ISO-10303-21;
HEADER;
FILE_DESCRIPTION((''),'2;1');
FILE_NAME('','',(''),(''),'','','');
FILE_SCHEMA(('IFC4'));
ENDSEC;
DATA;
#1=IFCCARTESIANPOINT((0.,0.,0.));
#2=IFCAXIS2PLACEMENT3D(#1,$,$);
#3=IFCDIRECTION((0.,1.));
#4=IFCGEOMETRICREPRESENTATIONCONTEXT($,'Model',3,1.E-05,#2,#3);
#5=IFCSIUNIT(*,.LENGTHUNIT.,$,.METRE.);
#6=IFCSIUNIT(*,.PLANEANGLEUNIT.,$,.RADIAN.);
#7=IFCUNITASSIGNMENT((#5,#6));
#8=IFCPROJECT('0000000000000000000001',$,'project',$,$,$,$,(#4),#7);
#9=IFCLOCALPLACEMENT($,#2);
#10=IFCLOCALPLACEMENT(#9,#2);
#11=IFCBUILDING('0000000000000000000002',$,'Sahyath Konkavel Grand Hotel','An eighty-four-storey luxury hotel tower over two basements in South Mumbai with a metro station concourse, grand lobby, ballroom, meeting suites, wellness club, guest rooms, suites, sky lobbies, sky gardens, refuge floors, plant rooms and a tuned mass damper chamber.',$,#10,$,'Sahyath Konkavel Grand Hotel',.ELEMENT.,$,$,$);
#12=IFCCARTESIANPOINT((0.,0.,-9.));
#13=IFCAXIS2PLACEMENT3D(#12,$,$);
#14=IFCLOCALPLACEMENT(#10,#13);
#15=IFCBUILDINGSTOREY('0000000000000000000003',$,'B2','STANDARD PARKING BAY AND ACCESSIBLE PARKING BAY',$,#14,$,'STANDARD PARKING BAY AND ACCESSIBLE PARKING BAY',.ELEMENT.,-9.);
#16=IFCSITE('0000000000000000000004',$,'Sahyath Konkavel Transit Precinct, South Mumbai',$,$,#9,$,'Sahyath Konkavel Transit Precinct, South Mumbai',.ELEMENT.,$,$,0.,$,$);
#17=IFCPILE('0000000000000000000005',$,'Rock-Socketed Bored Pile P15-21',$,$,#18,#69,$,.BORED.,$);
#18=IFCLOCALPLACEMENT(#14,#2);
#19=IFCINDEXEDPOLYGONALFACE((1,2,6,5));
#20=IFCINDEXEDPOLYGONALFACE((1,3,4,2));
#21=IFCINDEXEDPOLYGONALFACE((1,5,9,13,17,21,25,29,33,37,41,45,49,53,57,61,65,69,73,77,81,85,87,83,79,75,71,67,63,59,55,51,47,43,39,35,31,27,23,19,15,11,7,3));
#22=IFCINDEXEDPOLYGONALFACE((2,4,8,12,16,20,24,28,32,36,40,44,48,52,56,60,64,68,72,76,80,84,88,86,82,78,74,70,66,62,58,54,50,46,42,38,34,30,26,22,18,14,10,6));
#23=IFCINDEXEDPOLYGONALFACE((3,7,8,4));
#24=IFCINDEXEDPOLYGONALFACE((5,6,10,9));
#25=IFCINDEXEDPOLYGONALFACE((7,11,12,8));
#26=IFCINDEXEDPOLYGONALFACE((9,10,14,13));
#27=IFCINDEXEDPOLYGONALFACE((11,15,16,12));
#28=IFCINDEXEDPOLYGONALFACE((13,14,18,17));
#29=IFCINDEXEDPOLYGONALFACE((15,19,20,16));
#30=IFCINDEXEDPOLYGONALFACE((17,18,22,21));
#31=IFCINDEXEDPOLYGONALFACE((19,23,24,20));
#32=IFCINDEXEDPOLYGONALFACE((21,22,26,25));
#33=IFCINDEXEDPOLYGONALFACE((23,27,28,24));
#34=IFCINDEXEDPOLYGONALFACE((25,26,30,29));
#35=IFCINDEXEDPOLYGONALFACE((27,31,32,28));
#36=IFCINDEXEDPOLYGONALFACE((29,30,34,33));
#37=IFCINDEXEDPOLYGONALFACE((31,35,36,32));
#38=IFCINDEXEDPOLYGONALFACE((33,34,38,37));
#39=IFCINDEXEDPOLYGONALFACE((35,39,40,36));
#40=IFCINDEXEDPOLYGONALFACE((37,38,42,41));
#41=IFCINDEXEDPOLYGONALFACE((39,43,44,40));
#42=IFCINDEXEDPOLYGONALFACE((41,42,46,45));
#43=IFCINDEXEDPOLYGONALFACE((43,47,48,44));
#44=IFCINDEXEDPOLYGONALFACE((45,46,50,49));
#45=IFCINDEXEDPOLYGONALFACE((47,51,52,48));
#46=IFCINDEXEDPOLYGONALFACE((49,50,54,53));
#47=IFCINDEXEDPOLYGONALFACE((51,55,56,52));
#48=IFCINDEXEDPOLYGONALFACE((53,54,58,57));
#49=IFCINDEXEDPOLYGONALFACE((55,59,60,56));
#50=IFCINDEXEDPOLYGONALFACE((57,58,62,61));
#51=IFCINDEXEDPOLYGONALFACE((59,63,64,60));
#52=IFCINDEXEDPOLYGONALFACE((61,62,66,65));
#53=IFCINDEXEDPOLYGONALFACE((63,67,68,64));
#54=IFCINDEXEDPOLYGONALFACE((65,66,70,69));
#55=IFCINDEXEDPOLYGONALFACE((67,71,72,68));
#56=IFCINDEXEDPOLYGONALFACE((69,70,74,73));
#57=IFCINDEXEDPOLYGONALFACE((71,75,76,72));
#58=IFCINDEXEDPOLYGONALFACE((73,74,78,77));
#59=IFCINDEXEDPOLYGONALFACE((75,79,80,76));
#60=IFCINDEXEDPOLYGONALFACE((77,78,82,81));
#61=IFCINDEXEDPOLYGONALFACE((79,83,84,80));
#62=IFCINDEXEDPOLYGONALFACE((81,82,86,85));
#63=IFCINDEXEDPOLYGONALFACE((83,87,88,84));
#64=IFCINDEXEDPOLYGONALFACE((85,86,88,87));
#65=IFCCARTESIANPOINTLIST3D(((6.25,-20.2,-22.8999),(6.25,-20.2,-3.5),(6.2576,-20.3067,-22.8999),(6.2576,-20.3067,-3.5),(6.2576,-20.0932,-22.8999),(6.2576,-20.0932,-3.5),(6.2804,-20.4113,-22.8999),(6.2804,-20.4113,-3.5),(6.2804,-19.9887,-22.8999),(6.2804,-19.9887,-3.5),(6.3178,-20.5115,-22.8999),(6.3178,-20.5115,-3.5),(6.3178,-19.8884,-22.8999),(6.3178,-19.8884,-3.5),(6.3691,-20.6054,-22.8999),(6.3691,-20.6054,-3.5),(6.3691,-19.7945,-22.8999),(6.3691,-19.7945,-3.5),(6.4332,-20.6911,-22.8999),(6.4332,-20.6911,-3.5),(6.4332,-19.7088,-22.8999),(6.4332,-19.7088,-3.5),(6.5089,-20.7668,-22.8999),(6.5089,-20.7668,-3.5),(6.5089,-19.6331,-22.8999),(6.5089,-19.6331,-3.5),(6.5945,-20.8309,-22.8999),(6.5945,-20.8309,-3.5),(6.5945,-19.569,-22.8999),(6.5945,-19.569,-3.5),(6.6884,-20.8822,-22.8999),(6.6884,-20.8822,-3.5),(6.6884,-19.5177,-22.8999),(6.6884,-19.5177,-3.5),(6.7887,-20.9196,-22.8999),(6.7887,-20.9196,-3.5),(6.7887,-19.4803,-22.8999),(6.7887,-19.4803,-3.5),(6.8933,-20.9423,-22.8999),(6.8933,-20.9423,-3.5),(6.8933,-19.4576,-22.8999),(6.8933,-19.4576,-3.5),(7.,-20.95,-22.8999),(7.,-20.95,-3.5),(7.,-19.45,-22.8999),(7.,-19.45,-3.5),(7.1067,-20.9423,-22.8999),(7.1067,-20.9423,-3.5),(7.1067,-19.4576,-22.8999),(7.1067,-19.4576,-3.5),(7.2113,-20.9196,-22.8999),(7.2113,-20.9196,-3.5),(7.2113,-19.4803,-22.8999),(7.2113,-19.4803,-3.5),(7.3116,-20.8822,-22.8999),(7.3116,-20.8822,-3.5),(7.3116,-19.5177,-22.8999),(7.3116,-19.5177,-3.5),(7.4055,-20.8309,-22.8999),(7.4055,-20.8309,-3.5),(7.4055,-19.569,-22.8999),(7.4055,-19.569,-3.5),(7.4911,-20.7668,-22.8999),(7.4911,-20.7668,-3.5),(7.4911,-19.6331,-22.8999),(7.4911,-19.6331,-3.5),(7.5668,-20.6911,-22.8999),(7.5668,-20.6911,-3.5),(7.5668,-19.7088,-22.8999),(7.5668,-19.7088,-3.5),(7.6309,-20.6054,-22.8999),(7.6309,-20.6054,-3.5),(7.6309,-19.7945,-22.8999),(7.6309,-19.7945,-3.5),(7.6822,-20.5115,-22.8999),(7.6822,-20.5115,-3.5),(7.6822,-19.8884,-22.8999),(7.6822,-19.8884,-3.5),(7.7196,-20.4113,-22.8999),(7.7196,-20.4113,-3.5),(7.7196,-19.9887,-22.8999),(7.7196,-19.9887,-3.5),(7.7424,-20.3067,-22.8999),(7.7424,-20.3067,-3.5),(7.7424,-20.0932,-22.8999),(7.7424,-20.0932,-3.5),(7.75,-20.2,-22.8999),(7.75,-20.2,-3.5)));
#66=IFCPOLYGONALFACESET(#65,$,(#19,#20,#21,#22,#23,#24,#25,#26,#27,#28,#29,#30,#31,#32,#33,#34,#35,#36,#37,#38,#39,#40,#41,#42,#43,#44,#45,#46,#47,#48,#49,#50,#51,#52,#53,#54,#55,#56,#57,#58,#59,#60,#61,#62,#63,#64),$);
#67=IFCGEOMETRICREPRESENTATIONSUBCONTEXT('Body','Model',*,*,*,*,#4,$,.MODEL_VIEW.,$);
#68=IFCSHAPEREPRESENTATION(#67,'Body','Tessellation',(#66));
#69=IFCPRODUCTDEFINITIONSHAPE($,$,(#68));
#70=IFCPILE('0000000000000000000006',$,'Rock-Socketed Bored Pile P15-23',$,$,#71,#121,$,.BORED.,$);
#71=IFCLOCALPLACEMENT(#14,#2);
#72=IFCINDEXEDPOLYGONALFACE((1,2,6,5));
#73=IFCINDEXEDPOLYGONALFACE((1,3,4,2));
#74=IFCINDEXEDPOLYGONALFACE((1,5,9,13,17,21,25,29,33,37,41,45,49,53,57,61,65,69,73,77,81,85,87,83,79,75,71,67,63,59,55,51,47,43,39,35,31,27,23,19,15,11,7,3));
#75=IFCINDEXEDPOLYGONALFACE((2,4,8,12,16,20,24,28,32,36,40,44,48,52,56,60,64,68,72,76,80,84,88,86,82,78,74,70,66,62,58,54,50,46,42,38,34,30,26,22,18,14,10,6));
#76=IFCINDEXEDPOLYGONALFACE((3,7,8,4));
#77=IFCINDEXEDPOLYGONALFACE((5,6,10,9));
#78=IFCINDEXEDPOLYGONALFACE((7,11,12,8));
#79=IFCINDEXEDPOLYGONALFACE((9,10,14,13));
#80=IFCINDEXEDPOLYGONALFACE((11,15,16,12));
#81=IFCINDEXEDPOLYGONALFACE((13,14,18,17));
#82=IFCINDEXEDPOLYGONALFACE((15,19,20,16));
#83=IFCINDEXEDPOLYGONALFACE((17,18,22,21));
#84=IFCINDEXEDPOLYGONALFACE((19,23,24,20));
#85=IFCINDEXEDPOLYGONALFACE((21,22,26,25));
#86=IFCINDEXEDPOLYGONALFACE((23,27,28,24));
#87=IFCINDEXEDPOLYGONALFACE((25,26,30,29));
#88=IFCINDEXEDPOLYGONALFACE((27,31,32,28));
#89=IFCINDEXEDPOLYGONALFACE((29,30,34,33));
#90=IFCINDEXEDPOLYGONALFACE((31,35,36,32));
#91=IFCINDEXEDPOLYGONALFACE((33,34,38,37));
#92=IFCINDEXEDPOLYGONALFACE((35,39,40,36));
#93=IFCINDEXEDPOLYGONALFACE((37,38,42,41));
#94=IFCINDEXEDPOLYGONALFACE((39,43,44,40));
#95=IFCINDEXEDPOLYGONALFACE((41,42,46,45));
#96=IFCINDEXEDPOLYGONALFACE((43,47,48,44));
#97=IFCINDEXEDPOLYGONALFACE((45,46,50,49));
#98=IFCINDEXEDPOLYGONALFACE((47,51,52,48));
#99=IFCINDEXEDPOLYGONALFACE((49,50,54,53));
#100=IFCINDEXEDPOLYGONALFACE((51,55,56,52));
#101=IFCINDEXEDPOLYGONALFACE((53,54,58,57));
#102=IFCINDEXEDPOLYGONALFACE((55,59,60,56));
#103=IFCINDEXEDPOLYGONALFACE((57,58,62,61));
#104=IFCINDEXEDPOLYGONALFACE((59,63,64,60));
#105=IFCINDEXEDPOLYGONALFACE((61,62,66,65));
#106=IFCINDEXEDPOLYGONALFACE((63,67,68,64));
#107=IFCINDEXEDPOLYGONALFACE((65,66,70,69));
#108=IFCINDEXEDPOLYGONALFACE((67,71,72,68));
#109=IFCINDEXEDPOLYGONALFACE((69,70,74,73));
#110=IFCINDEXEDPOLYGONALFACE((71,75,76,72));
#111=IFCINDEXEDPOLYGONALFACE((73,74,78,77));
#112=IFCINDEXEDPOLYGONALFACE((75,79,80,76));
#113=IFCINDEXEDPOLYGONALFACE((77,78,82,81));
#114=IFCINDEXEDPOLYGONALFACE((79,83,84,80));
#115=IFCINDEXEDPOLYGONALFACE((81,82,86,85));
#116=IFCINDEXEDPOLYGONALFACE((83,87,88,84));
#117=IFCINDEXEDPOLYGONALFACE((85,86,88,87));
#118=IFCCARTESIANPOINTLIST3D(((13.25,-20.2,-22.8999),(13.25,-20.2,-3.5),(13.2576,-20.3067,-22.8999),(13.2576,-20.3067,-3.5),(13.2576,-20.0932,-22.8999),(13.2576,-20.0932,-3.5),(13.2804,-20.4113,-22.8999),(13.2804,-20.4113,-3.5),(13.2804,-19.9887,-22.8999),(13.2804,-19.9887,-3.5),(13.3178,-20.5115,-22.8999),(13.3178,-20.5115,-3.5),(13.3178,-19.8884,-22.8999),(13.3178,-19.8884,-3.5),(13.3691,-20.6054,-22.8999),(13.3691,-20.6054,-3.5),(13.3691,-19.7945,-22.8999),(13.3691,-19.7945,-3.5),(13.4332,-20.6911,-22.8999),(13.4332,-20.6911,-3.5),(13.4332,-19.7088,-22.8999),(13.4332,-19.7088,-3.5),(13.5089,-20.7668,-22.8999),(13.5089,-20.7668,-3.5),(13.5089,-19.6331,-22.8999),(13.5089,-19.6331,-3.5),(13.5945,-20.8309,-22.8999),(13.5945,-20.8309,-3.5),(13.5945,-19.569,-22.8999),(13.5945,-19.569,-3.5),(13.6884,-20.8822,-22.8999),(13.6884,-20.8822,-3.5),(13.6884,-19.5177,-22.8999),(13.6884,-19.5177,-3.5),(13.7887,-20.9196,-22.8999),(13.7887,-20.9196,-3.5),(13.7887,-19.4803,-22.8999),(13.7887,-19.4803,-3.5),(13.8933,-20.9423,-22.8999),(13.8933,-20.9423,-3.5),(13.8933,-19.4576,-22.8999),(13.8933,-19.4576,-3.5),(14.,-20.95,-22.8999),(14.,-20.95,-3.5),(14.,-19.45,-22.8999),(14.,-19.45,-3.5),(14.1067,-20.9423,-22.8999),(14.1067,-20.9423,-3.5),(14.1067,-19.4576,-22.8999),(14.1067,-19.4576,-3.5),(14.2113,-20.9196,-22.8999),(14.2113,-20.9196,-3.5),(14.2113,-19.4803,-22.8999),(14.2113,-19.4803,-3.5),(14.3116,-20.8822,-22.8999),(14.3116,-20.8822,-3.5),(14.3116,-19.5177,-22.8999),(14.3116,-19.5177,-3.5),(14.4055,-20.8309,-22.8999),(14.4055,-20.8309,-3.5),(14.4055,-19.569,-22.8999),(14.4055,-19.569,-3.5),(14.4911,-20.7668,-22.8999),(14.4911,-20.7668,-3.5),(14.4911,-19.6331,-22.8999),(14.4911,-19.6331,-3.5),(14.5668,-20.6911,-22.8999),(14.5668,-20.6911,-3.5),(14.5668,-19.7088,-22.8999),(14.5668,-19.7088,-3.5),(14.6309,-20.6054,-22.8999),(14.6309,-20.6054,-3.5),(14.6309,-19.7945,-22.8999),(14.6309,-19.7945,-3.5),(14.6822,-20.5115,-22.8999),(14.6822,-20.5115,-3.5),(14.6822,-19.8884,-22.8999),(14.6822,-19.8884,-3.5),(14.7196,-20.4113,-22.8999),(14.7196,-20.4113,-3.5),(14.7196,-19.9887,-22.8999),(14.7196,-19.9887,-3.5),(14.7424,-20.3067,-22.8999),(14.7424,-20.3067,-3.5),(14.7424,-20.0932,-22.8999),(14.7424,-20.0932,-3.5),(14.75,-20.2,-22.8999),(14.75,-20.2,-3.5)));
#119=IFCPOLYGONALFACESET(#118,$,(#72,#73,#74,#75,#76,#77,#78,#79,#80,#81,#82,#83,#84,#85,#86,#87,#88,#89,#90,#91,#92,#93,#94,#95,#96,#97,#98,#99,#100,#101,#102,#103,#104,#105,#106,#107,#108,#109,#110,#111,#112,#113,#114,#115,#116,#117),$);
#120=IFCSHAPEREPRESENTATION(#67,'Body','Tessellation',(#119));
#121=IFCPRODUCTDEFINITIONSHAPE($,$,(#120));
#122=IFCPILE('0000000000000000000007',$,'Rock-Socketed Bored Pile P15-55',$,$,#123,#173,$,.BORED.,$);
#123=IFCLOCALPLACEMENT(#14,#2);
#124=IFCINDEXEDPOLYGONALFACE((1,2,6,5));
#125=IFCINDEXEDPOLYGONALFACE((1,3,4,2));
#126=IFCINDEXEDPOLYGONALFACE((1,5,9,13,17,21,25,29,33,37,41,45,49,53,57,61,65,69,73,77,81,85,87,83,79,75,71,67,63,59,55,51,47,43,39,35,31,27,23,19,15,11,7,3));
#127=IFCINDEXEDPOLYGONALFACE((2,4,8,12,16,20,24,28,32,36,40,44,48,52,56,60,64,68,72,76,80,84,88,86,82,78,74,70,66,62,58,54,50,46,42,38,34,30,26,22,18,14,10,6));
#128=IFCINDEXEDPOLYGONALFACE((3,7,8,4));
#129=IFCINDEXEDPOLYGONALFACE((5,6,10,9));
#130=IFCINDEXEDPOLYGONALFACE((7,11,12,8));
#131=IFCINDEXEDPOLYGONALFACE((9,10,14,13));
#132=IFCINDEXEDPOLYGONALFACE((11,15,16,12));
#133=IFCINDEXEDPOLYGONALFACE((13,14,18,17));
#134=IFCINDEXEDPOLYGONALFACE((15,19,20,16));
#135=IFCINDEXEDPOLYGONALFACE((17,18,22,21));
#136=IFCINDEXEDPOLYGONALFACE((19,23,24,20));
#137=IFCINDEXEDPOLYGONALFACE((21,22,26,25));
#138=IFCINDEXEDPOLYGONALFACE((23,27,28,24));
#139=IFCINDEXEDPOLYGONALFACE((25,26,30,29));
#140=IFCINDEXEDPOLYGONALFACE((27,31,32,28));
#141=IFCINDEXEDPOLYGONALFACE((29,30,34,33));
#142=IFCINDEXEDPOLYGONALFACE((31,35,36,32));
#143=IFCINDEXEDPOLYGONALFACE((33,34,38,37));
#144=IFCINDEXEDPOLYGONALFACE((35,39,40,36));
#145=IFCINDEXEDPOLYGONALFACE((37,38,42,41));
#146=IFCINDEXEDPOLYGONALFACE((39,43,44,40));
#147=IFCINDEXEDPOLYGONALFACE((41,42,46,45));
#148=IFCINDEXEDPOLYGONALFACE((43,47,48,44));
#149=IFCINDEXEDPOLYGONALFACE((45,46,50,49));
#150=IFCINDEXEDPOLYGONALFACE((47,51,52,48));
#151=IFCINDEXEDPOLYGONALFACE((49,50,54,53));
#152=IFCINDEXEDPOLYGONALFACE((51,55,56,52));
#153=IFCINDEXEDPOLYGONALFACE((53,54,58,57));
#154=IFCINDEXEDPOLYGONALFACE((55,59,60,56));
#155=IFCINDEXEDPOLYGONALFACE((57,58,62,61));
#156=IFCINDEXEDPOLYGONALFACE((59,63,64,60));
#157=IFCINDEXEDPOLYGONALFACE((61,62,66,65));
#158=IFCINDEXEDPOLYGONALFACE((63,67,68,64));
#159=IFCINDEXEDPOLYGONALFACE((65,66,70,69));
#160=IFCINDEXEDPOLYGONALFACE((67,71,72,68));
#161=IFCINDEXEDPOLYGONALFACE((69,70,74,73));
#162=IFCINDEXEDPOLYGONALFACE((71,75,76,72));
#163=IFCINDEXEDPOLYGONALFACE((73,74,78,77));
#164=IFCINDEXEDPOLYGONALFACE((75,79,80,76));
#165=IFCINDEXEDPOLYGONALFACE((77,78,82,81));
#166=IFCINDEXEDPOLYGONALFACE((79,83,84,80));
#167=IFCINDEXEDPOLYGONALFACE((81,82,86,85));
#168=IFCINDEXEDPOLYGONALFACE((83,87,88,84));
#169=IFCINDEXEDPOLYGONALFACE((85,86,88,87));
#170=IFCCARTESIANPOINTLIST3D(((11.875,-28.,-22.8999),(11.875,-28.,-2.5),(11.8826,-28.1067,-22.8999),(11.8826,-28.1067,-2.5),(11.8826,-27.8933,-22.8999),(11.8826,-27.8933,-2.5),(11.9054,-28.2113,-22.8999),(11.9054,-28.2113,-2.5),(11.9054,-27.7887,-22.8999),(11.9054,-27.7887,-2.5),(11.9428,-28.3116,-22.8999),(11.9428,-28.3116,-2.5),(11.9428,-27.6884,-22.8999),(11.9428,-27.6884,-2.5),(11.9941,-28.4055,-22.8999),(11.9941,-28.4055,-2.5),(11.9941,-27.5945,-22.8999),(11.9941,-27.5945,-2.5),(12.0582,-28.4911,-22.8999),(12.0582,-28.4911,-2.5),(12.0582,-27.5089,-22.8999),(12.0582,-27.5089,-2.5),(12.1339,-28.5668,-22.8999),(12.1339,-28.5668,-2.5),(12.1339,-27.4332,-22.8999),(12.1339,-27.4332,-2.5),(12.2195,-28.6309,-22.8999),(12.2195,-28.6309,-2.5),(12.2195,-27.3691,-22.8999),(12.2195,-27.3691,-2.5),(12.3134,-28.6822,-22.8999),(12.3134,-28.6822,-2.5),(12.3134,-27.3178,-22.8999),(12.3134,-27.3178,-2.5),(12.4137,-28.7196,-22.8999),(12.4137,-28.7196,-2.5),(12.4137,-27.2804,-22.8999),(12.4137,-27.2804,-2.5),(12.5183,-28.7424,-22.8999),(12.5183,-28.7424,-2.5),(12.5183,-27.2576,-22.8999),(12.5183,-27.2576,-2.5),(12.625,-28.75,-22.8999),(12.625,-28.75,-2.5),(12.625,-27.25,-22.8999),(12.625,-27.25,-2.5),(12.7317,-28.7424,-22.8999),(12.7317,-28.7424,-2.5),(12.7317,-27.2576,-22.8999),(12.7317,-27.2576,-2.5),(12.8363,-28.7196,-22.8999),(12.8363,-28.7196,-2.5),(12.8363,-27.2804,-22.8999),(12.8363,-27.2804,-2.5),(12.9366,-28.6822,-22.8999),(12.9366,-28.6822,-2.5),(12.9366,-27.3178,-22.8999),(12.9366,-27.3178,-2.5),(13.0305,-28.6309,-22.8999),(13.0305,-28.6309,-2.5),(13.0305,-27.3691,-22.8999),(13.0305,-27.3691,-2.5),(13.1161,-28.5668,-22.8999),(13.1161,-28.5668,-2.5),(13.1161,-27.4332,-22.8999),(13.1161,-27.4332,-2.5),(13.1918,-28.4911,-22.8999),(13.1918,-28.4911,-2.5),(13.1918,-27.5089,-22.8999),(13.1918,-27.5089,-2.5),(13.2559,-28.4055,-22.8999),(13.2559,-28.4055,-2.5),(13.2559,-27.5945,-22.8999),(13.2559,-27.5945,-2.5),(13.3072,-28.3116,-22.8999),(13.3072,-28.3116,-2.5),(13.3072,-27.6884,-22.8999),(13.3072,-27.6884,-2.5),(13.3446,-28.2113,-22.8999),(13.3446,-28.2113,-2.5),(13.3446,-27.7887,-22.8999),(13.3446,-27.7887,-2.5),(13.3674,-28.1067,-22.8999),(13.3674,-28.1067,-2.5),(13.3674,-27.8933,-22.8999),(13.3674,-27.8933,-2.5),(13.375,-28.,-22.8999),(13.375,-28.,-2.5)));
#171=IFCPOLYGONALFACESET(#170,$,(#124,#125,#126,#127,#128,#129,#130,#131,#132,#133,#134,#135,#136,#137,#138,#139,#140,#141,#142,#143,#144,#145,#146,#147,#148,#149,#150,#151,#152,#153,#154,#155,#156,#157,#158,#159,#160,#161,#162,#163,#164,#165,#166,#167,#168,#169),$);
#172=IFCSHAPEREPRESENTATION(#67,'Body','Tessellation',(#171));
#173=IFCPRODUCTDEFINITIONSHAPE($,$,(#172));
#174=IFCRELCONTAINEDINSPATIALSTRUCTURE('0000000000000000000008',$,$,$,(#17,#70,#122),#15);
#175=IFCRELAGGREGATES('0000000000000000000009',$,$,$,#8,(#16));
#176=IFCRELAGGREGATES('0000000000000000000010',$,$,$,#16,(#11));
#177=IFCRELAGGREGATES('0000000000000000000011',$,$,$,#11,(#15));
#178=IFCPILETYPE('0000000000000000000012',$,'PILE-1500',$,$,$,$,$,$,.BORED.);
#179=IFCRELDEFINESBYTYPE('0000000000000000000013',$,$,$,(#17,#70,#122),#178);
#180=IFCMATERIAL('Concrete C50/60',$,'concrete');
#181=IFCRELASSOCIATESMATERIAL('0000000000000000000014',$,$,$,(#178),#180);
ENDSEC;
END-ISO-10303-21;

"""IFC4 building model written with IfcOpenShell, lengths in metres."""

from ifc_helpers import new_model, si_unit, direction, frame, origin, origin_2d, place, context, subcontext, project, spatial, circle, extrude, material, material_profile, profile_set, type_object, element, save


model = new_model("IFC4")

# Units and contexts
model_context = context("Model", 3, precision=1e-05, world=origin(), true_north=direction((0.0, 1.0)))
body_context = subcontext(model_context, "Body", "Model", "MODEL_VIEW")
ifc_project = project(units=[si_unit("LENGTHUNIT", "METRE"), si_unit("PLANEANGLEUNIT", "RADIAN")], contexts=[model_context])

# Site, building, storey
site_placement = place(None, origin())
site = spatial("IfcSite", under=ifc_project, at=site_placement, Name="Sahyath Konkavel Transit Precinct, South Mumbai", LongName="Sahyath Konkavel Transit Precinct, South Mumbai", CompositionType="ELEMENT", RefElevation=0.0)
building_placement = place(site_placement, origin())
building = spatial("IfcBuilding", under=site, at=building_placement, Name="Sahyath Konkavel Grand Hotel", Description="An eighty-four-storey luxury hotel tower over two basements in South Mumbai with a metro station concourse, grand lobby, ballroom, meeting suites, wellness club, guest rooms, suites, sky lobbies, sky gardens, refuge floors, plant rooms and a tuned mass damper chamber.", LongName="Sahyath Konkavel Grand Hotel", CompositionType="ELEMENT")
storey_placement = place(building_placement, frame((0.0, 0.0, -9.0)))
storey = spatial("IfcBuildingStorey", under=building, at=storey_placement, Name="B2", Description="STANDARD PARKING BAY AND ACCESSIBLE PARKING BAY", LongName="STANDARD PARKING BAY AND ACCESSIBLE PARKING BAY", CompositionType="ELEMENT", Elevation=-9.0)

# Piles
ifc_material_1 = material(Name="Concrete C50/60", Category="concrete")
ifc_material_profile_1 = material_profile(ifc_material_1, circle(Radius=0.75, at=origin_2d()), Name="PILE D1500")
ifc_profile_set_1 = profile_set([ifc_material_profile_1], Name="Concrete C50/60")
pile_type_1 = type_object("IfcPileType", Name="PILE-1500", PredefinedType="BORED", material=ifc_profile_set_1)
for number, where, z_axis, x_axis, name in (
    (1, (7.0, -20.2, -3.5), (0.0, 0.0, -1.0), (1.0, 0.0, 0.0), "Rock-Socketed Bored Pile P15-21"),
    (2, (14.0, -20.2, -3.5), (0.0, 0.0, -1.0), (1.0, 0.0, 0.0), "Rock-Socketed Bored Pile P15-23"),
):
    element("IfcPile", number, at=place(storey_placement, frame(where, z_axis=z_axis, x_axis=x_axis)), inside=storey, type_object=pile_type_1, Name=name, PredefinedType="BORED", context=body_context, shape_type="SweptSolid", body=[
        extrude(circle(Radius=0.75, at=origin_2d()), origin(), (0.0, 0.0, 1.0), 19.3999),
    ])
pile_placement = place(storey_placement, frame((12.625, -28.0, -2.5), z_axis=(0.0, 0.0, -1.0), x_axis=(1.0, 0.0, 0.0)))
element("IfcPile", 3, at=pile_placement, inside=storey, type_object=pile_type_1, Name="Rock-Socketed Bored Pile P15-55", PredefinedType="BORED", context=body_context, shape_type="SweptSolid", body=[
    extrude(circle(Radius=0.75, at=origin_2d()), origin(), (0.0, 0.0, 1.0), 20.3999),
])

save(model, "model.ifc")
